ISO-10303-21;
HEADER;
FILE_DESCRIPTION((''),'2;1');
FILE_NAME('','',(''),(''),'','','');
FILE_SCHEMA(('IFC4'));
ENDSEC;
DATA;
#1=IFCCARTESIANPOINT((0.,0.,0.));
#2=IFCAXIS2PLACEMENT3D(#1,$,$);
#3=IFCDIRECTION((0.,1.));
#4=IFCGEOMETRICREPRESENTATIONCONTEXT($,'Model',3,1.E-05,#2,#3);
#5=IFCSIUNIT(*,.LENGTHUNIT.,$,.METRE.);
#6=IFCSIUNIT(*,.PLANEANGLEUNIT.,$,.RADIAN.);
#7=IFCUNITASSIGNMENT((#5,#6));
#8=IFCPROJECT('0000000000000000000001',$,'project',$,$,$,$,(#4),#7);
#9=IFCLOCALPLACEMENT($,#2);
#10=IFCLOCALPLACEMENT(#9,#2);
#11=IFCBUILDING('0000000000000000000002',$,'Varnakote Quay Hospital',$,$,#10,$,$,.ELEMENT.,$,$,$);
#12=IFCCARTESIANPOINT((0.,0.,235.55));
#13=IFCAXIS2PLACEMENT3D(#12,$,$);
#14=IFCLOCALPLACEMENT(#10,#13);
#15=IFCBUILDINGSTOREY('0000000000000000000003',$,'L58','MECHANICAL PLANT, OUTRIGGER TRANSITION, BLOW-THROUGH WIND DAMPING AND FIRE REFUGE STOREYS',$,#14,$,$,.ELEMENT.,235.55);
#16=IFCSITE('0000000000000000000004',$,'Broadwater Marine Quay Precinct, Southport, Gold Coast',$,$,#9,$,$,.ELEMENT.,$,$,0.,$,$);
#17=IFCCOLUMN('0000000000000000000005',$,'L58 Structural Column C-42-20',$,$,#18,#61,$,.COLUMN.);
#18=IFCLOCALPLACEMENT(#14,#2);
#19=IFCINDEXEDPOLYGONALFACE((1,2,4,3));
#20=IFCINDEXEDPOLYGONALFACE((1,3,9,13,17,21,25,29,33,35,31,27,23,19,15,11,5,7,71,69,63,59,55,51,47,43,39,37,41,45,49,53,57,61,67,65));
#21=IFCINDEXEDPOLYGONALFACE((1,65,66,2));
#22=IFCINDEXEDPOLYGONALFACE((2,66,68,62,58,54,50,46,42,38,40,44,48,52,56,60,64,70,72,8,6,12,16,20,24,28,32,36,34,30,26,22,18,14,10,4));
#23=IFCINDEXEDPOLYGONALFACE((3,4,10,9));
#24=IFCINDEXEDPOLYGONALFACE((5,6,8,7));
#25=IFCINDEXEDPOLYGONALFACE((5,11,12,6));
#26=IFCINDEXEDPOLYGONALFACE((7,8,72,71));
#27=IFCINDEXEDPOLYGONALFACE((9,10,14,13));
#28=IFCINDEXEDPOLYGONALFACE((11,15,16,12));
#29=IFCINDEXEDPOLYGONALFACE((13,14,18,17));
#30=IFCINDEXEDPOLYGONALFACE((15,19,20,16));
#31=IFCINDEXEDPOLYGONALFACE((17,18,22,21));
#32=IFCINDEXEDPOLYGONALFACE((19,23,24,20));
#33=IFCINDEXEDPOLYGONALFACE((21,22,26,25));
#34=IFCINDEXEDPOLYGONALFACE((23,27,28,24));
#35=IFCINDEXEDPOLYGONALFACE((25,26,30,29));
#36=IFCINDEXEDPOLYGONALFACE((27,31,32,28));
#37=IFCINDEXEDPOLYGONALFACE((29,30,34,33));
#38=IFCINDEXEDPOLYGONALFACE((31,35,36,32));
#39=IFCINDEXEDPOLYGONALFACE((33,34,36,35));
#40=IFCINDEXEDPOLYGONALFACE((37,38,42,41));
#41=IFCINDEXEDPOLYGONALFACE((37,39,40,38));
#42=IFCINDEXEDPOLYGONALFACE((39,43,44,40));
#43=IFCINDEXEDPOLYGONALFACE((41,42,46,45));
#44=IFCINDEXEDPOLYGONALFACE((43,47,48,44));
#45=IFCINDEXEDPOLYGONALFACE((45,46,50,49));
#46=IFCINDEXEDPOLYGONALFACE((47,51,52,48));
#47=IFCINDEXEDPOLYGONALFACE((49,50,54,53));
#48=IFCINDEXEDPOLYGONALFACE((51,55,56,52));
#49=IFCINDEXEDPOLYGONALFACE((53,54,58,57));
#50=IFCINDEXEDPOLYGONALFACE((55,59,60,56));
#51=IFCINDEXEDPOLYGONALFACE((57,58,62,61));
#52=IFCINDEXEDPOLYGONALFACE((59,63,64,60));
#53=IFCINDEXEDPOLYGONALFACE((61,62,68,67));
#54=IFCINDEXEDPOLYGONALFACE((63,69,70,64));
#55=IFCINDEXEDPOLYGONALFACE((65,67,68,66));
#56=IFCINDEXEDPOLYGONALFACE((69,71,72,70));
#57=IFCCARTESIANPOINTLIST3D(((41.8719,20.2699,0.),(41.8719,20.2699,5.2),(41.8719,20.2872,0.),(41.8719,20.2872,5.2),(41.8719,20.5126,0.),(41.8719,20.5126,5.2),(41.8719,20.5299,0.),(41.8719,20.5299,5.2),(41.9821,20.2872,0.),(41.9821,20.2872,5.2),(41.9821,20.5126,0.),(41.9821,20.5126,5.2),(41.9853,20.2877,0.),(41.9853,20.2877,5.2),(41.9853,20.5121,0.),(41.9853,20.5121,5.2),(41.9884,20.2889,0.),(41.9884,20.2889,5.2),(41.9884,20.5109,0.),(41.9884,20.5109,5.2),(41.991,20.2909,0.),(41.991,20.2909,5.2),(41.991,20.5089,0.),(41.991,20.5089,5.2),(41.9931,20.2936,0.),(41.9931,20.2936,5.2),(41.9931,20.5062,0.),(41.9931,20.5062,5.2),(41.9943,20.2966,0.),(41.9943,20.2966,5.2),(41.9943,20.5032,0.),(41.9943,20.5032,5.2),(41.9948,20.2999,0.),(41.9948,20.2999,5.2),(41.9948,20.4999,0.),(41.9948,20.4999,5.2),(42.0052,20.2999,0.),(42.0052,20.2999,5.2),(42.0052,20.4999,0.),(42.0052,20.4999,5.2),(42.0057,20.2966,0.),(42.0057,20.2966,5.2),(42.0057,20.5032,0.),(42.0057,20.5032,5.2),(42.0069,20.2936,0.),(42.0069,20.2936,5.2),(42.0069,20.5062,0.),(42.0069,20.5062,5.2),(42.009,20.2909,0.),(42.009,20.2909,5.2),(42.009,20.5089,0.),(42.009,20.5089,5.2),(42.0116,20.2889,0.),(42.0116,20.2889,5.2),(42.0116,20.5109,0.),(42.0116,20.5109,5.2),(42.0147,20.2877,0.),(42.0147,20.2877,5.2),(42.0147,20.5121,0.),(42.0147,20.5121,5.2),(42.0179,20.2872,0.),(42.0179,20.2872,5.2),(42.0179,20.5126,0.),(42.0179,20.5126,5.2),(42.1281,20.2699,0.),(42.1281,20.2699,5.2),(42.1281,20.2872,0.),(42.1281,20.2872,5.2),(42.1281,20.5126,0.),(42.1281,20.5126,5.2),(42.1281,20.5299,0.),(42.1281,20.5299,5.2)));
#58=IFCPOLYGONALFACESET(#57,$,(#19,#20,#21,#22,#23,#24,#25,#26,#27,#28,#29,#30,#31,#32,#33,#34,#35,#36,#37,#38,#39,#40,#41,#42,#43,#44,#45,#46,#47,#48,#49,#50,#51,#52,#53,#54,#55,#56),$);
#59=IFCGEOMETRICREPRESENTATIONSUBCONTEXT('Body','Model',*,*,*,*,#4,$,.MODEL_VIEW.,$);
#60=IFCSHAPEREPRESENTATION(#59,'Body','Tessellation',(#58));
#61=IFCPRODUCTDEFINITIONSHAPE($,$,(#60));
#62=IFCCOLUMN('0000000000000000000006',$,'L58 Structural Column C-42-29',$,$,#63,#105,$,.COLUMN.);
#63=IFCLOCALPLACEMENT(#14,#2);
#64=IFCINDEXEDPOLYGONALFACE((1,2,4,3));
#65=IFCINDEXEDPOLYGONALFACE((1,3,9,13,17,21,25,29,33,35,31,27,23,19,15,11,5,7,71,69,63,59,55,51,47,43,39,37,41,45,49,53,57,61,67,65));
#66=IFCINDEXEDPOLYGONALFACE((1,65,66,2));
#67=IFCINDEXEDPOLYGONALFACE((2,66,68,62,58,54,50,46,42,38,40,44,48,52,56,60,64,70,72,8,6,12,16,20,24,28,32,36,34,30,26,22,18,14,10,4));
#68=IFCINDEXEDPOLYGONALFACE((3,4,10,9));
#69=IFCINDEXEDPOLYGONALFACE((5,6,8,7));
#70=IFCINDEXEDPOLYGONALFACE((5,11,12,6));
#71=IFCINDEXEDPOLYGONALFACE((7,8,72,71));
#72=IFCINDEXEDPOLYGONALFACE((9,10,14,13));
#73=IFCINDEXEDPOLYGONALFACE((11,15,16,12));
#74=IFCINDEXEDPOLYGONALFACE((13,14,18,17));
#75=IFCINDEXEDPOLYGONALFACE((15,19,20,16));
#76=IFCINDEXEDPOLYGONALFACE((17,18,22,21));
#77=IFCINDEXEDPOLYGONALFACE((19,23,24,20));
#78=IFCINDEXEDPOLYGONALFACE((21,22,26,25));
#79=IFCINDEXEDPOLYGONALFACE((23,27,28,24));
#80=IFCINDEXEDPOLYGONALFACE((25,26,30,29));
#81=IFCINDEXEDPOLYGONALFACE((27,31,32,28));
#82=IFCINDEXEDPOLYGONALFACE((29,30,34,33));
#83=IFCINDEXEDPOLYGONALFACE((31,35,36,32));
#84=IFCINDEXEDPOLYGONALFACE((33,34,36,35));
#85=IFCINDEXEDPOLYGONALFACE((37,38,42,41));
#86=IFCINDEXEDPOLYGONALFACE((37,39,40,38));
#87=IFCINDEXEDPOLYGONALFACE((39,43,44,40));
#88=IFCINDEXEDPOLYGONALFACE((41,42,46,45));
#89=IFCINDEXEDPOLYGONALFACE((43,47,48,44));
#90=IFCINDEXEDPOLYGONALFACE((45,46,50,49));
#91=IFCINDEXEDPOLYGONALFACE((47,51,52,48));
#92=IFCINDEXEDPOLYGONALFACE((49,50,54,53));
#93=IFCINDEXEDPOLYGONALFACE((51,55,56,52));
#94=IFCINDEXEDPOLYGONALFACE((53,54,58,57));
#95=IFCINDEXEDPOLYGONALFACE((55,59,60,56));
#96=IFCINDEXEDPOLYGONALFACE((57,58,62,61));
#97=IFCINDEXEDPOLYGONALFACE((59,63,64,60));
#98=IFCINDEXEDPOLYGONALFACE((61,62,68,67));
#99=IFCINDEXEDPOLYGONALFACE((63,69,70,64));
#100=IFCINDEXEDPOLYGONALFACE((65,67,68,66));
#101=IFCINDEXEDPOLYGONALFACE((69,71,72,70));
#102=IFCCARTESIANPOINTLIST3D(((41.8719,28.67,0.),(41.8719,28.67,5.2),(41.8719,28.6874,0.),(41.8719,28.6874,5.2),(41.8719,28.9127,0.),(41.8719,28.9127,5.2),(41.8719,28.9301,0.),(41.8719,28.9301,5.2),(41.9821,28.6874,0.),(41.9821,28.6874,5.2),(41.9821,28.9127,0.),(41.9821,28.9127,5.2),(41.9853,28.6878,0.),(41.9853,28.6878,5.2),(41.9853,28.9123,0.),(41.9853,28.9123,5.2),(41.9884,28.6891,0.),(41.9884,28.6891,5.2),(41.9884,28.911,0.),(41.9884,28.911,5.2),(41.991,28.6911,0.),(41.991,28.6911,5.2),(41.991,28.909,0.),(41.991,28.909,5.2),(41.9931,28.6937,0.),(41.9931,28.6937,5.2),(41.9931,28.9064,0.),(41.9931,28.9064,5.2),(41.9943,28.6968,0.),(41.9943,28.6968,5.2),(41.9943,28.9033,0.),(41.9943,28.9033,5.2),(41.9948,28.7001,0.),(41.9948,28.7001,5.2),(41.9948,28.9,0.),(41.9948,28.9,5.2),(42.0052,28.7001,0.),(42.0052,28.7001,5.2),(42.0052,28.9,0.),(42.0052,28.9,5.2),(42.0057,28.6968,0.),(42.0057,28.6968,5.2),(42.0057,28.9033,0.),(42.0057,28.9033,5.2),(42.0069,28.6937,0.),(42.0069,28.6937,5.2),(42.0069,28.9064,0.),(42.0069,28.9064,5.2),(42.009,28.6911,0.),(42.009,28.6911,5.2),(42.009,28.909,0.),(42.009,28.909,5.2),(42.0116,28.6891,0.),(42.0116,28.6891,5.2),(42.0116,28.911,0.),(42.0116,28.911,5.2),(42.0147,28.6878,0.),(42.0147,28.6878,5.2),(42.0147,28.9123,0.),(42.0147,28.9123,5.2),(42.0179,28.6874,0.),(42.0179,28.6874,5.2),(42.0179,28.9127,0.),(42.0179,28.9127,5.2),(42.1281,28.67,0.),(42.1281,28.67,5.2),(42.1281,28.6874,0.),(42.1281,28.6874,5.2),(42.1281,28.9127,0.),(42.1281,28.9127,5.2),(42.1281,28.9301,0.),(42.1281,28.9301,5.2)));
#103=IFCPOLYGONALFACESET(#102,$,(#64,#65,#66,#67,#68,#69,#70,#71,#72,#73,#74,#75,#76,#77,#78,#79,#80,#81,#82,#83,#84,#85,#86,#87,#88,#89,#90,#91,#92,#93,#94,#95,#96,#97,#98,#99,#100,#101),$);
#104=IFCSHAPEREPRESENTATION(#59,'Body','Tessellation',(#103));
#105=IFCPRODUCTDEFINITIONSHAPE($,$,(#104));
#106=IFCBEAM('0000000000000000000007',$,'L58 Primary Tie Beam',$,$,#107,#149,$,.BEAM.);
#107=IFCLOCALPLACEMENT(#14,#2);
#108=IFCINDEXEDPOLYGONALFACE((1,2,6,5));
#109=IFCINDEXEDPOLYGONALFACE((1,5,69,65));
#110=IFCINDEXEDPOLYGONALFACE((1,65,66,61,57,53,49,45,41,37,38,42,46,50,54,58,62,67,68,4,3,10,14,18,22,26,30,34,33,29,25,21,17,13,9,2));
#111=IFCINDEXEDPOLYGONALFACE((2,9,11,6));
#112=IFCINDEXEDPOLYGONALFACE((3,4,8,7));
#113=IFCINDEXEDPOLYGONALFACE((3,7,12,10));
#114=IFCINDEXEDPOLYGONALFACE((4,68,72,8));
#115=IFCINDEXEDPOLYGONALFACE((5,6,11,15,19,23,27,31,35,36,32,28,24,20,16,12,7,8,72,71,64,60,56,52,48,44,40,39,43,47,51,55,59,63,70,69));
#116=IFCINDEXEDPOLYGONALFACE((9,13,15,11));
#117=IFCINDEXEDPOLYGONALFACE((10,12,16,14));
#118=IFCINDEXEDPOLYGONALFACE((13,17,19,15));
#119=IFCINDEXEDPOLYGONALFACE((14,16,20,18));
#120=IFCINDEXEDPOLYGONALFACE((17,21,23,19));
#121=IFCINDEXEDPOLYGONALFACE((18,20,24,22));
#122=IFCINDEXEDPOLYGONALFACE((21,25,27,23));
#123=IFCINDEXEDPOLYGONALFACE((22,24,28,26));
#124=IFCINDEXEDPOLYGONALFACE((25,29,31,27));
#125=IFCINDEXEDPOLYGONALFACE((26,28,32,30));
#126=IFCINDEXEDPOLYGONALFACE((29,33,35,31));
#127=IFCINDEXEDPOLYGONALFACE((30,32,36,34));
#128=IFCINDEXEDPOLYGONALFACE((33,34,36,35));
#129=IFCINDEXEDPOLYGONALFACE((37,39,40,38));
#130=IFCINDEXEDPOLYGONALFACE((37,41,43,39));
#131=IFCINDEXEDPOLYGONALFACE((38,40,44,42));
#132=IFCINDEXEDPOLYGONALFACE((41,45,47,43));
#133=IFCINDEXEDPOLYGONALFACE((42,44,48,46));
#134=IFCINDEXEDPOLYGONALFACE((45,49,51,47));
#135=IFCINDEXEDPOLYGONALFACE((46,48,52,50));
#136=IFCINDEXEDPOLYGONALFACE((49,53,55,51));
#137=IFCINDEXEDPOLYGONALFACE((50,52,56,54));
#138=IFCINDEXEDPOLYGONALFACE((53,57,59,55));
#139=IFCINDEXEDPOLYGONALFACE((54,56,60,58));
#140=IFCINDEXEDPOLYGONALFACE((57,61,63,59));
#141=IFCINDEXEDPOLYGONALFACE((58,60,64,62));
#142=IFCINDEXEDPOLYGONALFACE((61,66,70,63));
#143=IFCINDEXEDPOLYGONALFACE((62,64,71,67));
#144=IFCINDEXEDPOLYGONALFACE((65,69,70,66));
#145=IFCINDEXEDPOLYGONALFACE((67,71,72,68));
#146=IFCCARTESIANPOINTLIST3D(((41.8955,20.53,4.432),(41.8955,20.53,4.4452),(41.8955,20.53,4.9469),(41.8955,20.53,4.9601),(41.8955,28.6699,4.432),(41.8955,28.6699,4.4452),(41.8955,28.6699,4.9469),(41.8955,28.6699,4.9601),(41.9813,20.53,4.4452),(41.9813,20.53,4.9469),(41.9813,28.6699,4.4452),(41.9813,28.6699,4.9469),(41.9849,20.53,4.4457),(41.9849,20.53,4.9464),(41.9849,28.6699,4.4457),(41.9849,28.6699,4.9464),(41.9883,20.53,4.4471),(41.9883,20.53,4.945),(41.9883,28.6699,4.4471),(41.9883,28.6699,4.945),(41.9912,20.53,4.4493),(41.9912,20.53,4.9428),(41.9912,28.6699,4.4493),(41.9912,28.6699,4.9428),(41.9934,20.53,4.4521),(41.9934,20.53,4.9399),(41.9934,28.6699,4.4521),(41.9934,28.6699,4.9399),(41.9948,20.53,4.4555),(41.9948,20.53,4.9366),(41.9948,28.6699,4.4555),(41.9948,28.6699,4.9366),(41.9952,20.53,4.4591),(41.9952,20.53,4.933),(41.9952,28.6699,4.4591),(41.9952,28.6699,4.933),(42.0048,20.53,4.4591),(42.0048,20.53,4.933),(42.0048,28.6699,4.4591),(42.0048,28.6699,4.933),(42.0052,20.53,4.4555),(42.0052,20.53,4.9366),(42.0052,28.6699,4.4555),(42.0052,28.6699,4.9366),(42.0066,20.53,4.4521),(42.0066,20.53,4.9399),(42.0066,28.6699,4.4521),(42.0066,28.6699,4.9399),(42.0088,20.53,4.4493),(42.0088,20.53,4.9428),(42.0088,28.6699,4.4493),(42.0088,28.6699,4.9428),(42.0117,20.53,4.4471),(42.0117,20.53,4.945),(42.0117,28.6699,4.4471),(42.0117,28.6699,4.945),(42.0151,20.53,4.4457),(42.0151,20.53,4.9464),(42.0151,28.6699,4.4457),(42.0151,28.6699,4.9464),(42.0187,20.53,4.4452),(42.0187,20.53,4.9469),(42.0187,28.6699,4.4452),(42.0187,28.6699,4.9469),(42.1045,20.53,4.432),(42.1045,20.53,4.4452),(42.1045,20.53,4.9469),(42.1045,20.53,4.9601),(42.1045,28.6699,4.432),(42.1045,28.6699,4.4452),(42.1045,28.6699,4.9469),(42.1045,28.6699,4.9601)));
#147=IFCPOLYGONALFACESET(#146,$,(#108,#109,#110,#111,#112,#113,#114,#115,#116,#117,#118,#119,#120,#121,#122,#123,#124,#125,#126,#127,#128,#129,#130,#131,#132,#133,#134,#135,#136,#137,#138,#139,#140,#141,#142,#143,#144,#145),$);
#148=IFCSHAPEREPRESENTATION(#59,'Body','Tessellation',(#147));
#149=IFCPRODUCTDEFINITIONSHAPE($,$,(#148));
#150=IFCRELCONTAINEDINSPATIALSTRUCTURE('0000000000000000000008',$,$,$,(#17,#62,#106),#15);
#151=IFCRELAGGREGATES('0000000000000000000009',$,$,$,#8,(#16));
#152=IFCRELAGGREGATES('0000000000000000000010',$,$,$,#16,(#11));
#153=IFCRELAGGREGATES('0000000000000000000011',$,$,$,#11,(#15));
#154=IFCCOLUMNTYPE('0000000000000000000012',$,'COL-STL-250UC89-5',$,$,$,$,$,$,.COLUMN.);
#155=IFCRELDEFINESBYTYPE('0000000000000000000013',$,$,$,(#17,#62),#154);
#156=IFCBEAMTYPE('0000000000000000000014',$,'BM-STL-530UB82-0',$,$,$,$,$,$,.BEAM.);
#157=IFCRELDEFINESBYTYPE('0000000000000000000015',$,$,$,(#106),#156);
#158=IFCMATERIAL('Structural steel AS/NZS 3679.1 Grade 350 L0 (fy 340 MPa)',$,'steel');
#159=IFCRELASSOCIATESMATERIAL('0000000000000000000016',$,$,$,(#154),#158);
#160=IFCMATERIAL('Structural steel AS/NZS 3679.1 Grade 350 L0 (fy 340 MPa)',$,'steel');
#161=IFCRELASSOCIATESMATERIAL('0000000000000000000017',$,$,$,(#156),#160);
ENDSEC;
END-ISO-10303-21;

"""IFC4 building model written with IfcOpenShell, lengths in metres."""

from ifc_helpers import new_model, si_unit, direction, frame, origin, origin_2d, place, context, subcontext, project, spatial, i_section, extrude, material, material_profile, profile_set, type_object, element, save


model = new_model("IFC4")

# Units and contexts
model_context = context("Model", 3, precision=1e-05, world=origin(), true_north=direction((0.0, 1.0)))
body_context = subcontext(model_context, "Body", "Model", "MODEL_VIEW")
ifc_project = project(units=[si_unit("LENGTHUNIT", "METRE"), si_unit("PLANEANGLEUNIT", "RADIAN")], contexts=[model_context])

# Site, building, storey
site_placement = place(None, origin())
site = spatial("IfcSite", under=ifc_project, at=site_placement, Name="Broadwater Marine Quay Precinct, Southport, Gold Coast", CompositionType="ELEMENT", RefElevation=0.0)
building_placement = place(site_placement, origin())
building = spatial("IfcBuilding", under=site, at=building_placement, Name="Varnakote Quay Hospital", CompositionType="ELEMENT")
storey_placement = place(building_placement, frame((0.0, 0.0, 235.55)))
storey = spatial("IfcBuildingStorey", under=building, at=storey_placement, Name="L58", Description="MECHANICAL PLANT, OUTRIGGER TRANSITION, BLOW-THROUGH WIND DAMPING AND FIRE REFUGE STOREYS", CompositionType="ELEMENT", Elevation=235.55)

# Columns
ifc_material_1 = material(Name="Structural steel AS/NZS 3679.1 Grade 350 L0 (fy 340 MPa)", Category="steel")
ifc_material_profile_1 = material_profile(ifc_material_1, i_section(OverallWidth=0.2561, OverallDepth=0.26, WebThickness=0.0105, FlangeThickness=0.0173, FilletRadius=0.0127, at=origin_2d()), Name="250UC89.5")
ifc_profile_set_1 = profile_set([ifc_material_profile_1], Name="Structural steel AS/NZS 3679.1 Grade 350 L0 (fy 340 MPa)")
column_type = type_object("IfcColumnType", Name="COL-STL-250UC89-5", PredefinedType="COLUMN", material=ifc_profile_set_1)
for number, where, z_axis, x_axis, name in (
    (1, (42.0, 20.3999, 0.0), (0.0, 0.0, 1.0), (1.0, 0.0, 0.0), "L58 Structural Column C-42-20"),
    (2, (42.0, 28.8, 0.0), (0.0, 0.0, 1.0), (1.0, 0.0, 0.0), "L58 Structural Column C-42-29"),
):
    element("IfcColumn", number, at=place(storey_placement, frame(where, z_axis=z_axis, x_axis=x_axis)), inside=storey, type_object=column_type, Name=name, PredefinedType="COLUMN", context=body_context, shape_type="SweptSolid", body=[
        extrude(i_section(OverallWidth=0.2561, OverallDepth=0.26, WebThickness=0.0105, FlangeThickness=0.0173, FilletRadius=0.0127, at=origin_2d()), origin(), (0.0, 0.0, 1.0), 5.2),
    ])

# Beam
ifc_material_2 = material(Name="Structural steel AS/NZS 3679.1 Grade 350 L0 (fy 340 MPa)", Category="steel")
ifc_material_profile_2 = material_profile(ifc_material_2, i_section(OverallWidth=0.209, OverallDepth=0.5281, WebThickness=0.0095, FlangeThickness=0.0132, FilletRadius=0.0139, at=origin_2d()), Name="530UB82.0")
ifc_profile_set_2 = profile_set([ifc_material_profile_2], Name="Structural steel AS/NZS 3679.1 Grade 350 L0 (fy 340 MPa)")
beam_type = type_object("IfcBeamType", Name="BM-STL-530UB82-0", PredefinedType="BEAM", material=ifc_profile_set_2)
beam_placement = place(storey_placement, frame((42.0, 20.53, 4.696), z_axis=(0.0, 1.0, 0.0), x_axis=(-1.0, 0.0, 0.0)))
element("IfcBeam", 3, at=beam_placement, inside=storey, type_object=beam_type, Name="L58 Primary Tie Beam", PredefinedType="BEAM", context=body_context, shape_type="SweptSolid", body=[
    extrude(i_section(OverallWidth=0.209, OverallDepth=0.5281, WebThickness=0.0095, FlangeThickness=0.0132, FilletRadius=0.0139, at=origin_2d()), origin(), (0.0, 0.0, 1.0), 8.1399),
])

save(model, "model.ifc")
